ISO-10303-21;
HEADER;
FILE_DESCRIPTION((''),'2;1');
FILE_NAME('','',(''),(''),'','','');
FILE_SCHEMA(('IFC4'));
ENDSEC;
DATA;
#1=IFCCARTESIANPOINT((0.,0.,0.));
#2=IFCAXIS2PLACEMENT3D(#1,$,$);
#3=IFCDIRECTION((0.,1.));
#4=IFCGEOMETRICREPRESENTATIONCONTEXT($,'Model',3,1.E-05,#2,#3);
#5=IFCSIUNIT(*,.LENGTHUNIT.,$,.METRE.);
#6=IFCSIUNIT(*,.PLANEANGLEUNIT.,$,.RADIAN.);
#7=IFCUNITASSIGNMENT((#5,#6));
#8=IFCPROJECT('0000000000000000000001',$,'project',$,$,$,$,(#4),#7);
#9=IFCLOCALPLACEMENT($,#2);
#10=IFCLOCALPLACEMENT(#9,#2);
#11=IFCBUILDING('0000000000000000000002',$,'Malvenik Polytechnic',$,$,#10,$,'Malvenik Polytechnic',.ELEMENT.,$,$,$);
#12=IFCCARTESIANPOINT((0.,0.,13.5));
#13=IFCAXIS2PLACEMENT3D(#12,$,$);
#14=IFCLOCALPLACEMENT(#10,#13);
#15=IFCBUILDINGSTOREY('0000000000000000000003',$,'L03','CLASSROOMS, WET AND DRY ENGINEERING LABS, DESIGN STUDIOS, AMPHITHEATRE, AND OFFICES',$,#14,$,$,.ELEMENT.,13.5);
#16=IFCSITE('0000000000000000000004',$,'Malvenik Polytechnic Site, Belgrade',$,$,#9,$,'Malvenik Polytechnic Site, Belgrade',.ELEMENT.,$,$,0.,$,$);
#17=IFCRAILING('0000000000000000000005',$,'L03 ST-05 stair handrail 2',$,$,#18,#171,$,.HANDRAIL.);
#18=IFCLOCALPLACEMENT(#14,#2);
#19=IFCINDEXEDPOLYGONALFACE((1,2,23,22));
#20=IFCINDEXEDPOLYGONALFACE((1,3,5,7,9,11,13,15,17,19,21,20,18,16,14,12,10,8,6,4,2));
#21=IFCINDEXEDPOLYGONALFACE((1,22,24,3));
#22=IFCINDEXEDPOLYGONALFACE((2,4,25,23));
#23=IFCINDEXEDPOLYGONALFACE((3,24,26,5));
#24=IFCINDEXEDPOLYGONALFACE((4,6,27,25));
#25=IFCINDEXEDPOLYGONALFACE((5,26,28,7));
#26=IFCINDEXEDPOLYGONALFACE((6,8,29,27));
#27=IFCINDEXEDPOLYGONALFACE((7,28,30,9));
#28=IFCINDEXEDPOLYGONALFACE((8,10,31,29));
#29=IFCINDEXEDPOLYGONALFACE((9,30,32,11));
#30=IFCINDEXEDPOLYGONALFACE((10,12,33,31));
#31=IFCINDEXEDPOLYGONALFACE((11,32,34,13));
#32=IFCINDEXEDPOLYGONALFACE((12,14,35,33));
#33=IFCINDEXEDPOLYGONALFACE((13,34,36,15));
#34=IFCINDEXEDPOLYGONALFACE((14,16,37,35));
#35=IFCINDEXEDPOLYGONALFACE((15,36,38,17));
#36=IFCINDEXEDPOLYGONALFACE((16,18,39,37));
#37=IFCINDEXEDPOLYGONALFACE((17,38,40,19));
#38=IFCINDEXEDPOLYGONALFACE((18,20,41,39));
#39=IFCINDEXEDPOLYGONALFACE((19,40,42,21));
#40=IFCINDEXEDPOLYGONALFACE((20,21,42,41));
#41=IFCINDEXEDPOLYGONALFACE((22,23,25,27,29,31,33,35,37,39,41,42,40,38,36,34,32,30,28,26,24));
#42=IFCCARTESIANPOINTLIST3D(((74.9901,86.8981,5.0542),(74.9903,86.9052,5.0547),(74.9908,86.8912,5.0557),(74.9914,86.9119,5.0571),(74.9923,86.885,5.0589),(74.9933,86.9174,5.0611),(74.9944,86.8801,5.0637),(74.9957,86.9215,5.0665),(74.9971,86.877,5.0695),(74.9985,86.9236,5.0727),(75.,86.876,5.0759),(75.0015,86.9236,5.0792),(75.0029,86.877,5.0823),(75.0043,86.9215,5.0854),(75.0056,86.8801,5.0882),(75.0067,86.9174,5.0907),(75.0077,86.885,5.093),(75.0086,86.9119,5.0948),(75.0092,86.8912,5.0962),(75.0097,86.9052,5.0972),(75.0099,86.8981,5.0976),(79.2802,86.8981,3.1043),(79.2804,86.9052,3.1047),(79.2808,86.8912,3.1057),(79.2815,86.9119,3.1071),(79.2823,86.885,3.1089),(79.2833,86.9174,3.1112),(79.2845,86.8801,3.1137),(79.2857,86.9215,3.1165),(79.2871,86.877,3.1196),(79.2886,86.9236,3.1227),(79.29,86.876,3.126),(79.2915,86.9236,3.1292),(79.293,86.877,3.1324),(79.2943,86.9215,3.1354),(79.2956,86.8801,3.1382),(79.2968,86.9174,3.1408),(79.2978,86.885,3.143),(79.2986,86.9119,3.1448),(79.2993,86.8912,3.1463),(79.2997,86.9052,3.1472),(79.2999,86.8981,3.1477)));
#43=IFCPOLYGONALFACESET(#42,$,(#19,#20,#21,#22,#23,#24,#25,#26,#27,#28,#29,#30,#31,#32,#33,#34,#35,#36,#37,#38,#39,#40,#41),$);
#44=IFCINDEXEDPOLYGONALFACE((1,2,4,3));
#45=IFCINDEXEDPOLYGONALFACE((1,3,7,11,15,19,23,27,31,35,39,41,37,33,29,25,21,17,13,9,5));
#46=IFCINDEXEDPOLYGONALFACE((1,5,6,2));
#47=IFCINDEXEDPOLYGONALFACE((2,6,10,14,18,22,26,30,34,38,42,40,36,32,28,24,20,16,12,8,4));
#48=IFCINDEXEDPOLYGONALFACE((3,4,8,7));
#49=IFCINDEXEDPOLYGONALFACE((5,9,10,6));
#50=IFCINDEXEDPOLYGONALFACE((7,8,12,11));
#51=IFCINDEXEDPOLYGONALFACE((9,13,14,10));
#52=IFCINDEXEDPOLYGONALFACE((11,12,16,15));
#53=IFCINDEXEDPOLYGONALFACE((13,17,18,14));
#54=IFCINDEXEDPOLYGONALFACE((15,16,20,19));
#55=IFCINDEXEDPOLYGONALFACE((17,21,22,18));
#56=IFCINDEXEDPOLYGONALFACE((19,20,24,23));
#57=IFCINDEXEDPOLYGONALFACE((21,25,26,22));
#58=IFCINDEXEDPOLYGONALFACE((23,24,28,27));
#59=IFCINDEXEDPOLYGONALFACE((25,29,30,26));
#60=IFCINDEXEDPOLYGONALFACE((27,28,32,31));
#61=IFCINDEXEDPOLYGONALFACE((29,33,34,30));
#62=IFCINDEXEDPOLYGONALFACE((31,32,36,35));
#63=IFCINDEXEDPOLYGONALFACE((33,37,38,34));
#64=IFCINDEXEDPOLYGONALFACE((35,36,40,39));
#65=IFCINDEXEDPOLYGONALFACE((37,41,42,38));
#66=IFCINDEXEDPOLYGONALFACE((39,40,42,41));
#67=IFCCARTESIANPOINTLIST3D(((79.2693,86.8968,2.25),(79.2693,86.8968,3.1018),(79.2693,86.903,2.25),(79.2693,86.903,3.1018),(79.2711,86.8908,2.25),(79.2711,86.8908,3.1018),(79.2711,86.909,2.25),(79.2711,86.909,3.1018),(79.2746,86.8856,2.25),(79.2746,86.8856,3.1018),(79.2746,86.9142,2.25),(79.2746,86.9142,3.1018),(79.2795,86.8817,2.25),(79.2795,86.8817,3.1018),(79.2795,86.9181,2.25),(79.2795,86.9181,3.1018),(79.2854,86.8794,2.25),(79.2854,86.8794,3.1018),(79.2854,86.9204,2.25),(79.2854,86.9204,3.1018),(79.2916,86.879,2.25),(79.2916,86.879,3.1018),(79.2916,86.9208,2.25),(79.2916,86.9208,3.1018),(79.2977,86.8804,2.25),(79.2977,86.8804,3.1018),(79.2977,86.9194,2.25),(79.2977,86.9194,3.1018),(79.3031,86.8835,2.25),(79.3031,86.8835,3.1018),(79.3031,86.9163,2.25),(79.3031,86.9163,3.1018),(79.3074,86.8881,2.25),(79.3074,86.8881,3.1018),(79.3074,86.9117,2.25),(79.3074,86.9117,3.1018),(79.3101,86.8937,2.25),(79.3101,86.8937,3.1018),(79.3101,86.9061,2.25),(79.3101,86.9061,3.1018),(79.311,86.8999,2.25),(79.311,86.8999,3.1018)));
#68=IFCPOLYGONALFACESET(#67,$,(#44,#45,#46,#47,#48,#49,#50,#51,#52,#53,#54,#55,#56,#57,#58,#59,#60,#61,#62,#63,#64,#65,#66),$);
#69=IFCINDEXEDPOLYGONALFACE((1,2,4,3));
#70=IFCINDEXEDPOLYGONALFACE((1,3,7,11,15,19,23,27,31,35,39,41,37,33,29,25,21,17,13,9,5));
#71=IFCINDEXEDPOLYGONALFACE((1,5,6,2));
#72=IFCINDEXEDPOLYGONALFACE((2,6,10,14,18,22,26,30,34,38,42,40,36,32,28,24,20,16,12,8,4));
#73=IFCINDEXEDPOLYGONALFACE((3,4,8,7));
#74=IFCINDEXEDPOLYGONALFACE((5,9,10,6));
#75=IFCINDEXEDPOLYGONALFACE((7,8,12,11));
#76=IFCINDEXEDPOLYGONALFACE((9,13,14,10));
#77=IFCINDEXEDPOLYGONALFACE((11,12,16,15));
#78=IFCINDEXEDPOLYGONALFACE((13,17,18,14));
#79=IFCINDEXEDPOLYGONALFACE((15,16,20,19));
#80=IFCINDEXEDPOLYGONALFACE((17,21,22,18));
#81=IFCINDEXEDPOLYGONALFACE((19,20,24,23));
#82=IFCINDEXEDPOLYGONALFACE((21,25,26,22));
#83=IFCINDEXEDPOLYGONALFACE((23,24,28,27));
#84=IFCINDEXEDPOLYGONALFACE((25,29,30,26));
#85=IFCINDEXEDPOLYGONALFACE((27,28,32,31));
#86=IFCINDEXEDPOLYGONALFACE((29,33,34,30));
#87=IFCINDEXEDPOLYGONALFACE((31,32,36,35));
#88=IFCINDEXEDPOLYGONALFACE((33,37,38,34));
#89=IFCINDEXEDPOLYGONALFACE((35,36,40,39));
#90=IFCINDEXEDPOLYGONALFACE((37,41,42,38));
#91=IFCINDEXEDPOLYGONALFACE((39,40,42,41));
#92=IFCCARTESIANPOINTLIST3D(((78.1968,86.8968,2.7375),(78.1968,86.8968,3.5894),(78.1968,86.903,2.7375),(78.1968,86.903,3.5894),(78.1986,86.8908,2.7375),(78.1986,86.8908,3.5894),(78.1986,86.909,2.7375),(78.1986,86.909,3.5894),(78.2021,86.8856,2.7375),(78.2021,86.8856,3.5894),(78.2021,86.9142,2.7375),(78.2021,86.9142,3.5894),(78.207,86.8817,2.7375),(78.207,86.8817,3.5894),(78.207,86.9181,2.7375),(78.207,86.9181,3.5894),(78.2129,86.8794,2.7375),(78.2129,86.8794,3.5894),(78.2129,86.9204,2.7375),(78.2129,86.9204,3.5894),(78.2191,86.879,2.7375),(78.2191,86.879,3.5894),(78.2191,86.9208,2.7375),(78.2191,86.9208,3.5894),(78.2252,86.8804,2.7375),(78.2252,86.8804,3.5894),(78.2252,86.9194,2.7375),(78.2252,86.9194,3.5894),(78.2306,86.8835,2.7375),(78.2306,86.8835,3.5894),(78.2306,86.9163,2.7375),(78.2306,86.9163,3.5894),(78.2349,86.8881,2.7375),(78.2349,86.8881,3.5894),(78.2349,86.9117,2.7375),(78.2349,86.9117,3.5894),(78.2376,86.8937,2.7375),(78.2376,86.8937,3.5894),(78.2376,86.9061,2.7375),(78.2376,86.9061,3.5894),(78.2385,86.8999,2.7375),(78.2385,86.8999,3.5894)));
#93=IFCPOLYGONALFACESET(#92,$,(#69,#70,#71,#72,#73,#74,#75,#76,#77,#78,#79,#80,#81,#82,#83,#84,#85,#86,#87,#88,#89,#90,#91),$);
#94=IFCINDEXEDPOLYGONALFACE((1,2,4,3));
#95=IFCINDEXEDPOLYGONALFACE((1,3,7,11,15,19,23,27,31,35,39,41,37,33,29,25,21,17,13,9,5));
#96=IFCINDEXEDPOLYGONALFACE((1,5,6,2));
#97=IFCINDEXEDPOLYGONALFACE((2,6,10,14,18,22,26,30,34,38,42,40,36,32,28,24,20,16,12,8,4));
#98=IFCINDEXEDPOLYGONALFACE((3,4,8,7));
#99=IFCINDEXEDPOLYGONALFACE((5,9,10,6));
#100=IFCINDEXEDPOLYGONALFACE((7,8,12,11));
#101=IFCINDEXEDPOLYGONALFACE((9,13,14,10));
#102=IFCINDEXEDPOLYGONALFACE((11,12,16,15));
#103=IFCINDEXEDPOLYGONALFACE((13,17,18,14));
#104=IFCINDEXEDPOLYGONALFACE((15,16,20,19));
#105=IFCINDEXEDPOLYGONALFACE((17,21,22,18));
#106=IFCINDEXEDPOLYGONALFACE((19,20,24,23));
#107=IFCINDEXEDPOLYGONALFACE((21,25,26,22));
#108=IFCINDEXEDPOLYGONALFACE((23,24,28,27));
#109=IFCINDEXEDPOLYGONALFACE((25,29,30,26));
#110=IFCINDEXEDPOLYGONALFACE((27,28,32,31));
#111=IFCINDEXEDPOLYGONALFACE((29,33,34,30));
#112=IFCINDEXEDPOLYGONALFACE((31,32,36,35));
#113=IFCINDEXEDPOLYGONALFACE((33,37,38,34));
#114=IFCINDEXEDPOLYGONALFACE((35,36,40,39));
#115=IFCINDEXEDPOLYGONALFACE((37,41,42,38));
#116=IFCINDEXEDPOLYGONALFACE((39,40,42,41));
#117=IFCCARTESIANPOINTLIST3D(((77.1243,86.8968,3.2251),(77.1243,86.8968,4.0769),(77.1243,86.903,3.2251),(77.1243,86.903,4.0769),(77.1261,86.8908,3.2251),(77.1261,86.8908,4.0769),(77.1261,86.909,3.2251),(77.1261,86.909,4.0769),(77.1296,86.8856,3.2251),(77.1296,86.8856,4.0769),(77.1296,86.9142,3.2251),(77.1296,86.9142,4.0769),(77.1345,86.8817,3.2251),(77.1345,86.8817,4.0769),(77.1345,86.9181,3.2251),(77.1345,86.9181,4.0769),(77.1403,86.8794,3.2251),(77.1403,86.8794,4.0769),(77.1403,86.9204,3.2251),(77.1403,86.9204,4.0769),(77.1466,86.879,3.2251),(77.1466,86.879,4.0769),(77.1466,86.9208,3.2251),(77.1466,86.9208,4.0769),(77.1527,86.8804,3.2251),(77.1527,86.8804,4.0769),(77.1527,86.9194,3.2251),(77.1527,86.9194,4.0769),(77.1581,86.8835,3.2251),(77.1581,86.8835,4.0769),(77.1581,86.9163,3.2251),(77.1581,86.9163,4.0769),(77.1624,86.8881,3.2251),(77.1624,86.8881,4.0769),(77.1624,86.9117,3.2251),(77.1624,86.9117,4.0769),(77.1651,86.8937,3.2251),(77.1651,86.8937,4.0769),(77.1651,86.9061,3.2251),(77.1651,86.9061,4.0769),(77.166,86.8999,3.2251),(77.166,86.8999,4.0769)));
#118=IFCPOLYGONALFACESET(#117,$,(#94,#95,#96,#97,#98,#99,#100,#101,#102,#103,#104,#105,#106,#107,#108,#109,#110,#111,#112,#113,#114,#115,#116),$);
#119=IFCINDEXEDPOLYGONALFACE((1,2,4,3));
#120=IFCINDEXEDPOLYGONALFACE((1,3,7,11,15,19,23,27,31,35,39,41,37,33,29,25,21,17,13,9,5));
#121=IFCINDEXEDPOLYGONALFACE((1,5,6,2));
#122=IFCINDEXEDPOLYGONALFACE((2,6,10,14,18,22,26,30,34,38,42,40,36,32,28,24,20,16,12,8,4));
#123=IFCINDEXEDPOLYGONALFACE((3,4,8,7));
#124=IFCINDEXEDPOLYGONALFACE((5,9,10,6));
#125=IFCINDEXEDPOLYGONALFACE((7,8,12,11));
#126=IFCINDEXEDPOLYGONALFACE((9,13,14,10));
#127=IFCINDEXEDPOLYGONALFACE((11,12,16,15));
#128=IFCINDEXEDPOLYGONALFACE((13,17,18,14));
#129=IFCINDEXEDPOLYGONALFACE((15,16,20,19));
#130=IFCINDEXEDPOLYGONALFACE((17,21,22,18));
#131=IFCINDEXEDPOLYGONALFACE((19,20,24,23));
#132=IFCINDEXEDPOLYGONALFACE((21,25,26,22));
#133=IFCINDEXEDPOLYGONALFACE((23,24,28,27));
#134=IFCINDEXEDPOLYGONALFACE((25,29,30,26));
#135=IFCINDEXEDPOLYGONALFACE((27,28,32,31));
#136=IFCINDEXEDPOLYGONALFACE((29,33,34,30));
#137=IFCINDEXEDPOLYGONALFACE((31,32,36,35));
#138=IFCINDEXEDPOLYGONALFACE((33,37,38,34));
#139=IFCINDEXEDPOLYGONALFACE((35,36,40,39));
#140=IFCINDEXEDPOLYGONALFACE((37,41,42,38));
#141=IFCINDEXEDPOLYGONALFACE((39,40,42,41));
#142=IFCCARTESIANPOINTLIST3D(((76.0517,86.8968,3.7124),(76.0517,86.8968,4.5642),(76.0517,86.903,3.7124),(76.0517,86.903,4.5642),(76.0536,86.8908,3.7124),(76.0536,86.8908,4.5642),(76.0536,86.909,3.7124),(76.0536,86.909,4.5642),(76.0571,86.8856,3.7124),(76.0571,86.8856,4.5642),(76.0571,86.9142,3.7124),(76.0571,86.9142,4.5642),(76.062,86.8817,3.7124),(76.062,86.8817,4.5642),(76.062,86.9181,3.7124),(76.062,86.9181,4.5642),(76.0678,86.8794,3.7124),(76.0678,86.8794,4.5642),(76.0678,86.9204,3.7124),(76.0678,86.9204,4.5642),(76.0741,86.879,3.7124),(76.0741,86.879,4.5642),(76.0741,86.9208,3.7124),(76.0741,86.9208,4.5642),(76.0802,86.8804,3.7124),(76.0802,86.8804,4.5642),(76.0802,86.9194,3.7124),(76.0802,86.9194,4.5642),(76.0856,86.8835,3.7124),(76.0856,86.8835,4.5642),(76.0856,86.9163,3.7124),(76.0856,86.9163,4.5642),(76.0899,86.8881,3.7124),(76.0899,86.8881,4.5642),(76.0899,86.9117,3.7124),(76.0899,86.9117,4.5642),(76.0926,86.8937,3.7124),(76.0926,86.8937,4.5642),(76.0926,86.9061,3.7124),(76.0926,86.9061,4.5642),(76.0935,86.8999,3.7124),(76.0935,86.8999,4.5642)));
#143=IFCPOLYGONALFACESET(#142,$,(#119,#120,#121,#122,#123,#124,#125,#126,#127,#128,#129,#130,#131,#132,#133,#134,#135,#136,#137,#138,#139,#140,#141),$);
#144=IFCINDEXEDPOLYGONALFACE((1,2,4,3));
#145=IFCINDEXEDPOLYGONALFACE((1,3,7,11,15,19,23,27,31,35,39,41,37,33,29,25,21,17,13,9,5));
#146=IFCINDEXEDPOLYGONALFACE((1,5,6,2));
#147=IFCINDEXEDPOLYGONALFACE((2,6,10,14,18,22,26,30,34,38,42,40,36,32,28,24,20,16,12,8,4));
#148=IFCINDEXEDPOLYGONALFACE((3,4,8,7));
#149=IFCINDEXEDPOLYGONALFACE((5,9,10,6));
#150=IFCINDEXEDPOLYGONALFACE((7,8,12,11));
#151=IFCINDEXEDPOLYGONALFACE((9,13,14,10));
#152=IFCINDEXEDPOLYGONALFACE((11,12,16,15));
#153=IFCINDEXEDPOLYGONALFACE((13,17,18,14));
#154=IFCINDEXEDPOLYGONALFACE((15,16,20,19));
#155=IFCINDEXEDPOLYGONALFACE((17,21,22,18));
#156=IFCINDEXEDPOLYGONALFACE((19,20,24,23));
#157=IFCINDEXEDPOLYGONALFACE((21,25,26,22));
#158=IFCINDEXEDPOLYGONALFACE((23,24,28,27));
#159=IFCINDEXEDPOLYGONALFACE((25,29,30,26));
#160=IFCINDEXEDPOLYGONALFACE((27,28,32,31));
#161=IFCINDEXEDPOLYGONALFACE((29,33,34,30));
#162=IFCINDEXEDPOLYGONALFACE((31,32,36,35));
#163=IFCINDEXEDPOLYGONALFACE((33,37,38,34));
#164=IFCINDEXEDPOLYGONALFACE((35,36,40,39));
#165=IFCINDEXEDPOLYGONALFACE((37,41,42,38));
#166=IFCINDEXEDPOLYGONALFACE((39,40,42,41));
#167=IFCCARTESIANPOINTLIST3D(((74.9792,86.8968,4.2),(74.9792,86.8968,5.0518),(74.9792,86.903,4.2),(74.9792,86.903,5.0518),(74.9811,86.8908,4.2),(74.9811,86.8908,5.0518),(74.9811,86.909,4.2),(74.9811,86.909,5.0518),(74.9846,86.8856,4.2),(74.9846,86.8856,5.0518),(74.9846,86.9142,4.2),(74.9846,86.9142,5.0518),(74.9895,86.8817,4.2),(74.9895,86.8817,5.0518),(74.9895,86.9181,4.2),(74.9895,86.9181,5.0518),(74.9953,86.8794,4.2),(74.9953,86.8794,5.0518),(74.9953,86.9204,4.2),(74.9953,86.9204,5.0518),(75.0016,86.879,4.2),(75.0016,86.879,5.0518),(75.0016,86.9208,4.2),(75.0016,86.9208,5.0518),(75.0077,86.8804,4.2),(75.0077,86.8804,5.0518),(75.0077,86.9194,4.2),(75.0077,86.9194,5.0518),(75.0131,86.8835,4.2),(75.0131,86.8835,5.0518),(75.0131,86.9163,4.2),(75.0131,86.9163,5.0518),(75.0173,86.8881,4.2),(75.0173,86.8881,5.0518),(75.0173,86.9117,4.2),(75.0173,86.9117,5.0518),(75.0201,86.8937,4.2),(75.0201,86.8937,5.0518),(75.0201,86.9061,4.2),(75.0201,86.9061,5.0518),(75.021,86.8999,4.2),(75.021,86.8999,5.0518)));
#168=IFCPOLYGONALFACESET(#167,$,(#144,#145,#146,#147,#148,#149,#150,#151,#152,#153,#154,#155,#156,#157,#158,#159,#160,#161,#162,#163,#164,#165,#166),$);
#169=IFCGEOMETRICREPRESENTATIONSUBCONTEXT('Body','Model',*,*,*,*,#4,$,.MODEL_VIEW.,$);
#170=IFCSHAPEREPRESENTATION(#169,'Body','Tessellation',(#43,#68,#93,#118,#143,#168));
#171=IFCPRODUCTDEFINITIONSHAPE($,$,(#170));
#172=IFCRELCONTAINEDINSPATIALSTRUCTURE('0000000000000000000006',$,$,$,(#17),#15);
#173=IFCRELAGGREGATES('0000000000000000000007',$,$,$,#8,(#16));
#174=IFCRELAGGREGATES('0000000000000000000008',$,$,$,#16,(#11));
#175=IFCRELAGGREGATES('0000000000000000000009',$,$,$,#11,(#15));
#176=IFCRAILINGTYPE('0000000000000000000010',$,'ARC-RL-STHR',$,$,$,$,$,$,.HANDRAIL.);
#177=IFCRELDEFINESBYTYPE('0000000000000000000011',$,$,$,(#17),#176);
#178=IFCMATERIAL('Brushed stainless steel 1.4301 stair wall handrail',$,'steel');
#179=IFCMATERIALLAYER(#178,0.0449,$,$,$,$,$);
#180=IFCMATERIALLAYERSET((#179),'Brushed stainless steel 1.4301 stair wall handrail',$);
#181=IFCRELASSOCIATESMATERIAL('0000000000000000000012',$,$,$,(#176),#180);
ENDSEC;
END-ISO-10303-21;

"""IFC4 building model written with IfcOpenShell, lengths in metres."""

from ifc_helpers import new_model, si_unit, direction, frame, origin, origin_2d, place, context, subcontext, project, spatial, circle, extrude, material, layer, layer_set, type_object, element, save


model = new_model("IFC4")

# Units and contexts
model_context = context("Model", 3, precision=1e-05, world=origin(), true_north=direction((0.0, 1.0)))
body_context = subcontext(model_context, "Body", "Model", "MODEL_VIEW")
ifc_project = project(units=[si_unit("LENGTHUNIT", "METRE"), si_unit("PLANEANGLEUNIT", "RADIAN")], contexts=[model_context])

# Site, building, storey
site_placement = place(None, origin())
site = spatial("IfcSite", under=ifc_project, at=site_placement, Name="Malvenik Polytechnic Site, Belgrade", LongName="Malvenik Polytechnic Site, Belgrade", CompositionType="ELEMENT", RefElevation=0.0)
building_placement = place(site_placement, origin())
building = spatial("IfcBuilding", under=site, at=building_placement, Name="Malvenik Polytechnic", LongName="Malvenik Polytechnic", CompositionType="ELEMENT")
storey_placement = place(building_placement, frame((0.0, 0.0, 13.5)))
storey = spatial("IfcBuildingStorey", under=building, at=storey_placement, Name="L03", Description="CLASSROOMS, WET AND DRY ENGINEERING LABS, DESIGN STUDIOS, AMPHITHEATRE, AND OFFICES", CompositionType="ELEMENT", Elevation=13.5)

# Railing
ifc_material_1 = material(Name="Brushed stainless steel 1.4301 stair wall handrail", Category="steel")
ifc_layer_1 = layer(ifc_material_1, 0.0449)
ifc_layer_set_1 = layer_set([ifc_layer_1], Name="Brushed stainless steel 1.4301 stair wall handrail")
railing_type_1 = type_object("IfcRailingType", Name="ARC-RL-STHR", PredefinedType="HANDRAIL", material=ifc_layer_set_1)
railing_1_placement = place(storey_placement, frame((79.29, 86.8999, 2.25)))
element("IfcRailing", 1, at=railing_1_placement, inside=storey, type_object=railing_type_1, Name="L03 ST-05 stair handrail 2", PredefinedType="HANDRAIL", context=body_context, shape_type="SweptSolid", body=[
    extrude(circle(Radius=0.0239, at=origin_2d()), frame((0.0, 0.0, 0.876), z_axis=(-0.910372, 0.0, 0.413791), x_axis=(0.0, -1.0, 0.0)), (0.0, 0.0, 1.0), 4.7124),
    extrude(circle(Radius=0.021, at=origin_2d()), origin(), (0.0, 0.0, 1.0), 0.8518),
    extrude(circle(Radius=0.021, at=origin_2d()), frame((-1.0725, 0.0, 0.4875)), (0.0, 0.0, 1.0), 0.8518),
    extrude(circle(Radius=0.021, at=origin_2d()), frame((-2.145, 0.0, 0.9751)), (0.0, 0.0, 1.0), 0.8518),
    extrude(circle(Radius=0.021, at=origin_2d()), frame((-3.2175, 0.0, 1.4624)), (0.0, 0.0, 1.0), 0.8518),
    extrude(circle(Radius=0.021, at=origin_2d()), frame((-4.29, 0.0, 1.95)), (0.0, 0.0, 1.0), 0.8518),
])

save(model, "model.ifc")
